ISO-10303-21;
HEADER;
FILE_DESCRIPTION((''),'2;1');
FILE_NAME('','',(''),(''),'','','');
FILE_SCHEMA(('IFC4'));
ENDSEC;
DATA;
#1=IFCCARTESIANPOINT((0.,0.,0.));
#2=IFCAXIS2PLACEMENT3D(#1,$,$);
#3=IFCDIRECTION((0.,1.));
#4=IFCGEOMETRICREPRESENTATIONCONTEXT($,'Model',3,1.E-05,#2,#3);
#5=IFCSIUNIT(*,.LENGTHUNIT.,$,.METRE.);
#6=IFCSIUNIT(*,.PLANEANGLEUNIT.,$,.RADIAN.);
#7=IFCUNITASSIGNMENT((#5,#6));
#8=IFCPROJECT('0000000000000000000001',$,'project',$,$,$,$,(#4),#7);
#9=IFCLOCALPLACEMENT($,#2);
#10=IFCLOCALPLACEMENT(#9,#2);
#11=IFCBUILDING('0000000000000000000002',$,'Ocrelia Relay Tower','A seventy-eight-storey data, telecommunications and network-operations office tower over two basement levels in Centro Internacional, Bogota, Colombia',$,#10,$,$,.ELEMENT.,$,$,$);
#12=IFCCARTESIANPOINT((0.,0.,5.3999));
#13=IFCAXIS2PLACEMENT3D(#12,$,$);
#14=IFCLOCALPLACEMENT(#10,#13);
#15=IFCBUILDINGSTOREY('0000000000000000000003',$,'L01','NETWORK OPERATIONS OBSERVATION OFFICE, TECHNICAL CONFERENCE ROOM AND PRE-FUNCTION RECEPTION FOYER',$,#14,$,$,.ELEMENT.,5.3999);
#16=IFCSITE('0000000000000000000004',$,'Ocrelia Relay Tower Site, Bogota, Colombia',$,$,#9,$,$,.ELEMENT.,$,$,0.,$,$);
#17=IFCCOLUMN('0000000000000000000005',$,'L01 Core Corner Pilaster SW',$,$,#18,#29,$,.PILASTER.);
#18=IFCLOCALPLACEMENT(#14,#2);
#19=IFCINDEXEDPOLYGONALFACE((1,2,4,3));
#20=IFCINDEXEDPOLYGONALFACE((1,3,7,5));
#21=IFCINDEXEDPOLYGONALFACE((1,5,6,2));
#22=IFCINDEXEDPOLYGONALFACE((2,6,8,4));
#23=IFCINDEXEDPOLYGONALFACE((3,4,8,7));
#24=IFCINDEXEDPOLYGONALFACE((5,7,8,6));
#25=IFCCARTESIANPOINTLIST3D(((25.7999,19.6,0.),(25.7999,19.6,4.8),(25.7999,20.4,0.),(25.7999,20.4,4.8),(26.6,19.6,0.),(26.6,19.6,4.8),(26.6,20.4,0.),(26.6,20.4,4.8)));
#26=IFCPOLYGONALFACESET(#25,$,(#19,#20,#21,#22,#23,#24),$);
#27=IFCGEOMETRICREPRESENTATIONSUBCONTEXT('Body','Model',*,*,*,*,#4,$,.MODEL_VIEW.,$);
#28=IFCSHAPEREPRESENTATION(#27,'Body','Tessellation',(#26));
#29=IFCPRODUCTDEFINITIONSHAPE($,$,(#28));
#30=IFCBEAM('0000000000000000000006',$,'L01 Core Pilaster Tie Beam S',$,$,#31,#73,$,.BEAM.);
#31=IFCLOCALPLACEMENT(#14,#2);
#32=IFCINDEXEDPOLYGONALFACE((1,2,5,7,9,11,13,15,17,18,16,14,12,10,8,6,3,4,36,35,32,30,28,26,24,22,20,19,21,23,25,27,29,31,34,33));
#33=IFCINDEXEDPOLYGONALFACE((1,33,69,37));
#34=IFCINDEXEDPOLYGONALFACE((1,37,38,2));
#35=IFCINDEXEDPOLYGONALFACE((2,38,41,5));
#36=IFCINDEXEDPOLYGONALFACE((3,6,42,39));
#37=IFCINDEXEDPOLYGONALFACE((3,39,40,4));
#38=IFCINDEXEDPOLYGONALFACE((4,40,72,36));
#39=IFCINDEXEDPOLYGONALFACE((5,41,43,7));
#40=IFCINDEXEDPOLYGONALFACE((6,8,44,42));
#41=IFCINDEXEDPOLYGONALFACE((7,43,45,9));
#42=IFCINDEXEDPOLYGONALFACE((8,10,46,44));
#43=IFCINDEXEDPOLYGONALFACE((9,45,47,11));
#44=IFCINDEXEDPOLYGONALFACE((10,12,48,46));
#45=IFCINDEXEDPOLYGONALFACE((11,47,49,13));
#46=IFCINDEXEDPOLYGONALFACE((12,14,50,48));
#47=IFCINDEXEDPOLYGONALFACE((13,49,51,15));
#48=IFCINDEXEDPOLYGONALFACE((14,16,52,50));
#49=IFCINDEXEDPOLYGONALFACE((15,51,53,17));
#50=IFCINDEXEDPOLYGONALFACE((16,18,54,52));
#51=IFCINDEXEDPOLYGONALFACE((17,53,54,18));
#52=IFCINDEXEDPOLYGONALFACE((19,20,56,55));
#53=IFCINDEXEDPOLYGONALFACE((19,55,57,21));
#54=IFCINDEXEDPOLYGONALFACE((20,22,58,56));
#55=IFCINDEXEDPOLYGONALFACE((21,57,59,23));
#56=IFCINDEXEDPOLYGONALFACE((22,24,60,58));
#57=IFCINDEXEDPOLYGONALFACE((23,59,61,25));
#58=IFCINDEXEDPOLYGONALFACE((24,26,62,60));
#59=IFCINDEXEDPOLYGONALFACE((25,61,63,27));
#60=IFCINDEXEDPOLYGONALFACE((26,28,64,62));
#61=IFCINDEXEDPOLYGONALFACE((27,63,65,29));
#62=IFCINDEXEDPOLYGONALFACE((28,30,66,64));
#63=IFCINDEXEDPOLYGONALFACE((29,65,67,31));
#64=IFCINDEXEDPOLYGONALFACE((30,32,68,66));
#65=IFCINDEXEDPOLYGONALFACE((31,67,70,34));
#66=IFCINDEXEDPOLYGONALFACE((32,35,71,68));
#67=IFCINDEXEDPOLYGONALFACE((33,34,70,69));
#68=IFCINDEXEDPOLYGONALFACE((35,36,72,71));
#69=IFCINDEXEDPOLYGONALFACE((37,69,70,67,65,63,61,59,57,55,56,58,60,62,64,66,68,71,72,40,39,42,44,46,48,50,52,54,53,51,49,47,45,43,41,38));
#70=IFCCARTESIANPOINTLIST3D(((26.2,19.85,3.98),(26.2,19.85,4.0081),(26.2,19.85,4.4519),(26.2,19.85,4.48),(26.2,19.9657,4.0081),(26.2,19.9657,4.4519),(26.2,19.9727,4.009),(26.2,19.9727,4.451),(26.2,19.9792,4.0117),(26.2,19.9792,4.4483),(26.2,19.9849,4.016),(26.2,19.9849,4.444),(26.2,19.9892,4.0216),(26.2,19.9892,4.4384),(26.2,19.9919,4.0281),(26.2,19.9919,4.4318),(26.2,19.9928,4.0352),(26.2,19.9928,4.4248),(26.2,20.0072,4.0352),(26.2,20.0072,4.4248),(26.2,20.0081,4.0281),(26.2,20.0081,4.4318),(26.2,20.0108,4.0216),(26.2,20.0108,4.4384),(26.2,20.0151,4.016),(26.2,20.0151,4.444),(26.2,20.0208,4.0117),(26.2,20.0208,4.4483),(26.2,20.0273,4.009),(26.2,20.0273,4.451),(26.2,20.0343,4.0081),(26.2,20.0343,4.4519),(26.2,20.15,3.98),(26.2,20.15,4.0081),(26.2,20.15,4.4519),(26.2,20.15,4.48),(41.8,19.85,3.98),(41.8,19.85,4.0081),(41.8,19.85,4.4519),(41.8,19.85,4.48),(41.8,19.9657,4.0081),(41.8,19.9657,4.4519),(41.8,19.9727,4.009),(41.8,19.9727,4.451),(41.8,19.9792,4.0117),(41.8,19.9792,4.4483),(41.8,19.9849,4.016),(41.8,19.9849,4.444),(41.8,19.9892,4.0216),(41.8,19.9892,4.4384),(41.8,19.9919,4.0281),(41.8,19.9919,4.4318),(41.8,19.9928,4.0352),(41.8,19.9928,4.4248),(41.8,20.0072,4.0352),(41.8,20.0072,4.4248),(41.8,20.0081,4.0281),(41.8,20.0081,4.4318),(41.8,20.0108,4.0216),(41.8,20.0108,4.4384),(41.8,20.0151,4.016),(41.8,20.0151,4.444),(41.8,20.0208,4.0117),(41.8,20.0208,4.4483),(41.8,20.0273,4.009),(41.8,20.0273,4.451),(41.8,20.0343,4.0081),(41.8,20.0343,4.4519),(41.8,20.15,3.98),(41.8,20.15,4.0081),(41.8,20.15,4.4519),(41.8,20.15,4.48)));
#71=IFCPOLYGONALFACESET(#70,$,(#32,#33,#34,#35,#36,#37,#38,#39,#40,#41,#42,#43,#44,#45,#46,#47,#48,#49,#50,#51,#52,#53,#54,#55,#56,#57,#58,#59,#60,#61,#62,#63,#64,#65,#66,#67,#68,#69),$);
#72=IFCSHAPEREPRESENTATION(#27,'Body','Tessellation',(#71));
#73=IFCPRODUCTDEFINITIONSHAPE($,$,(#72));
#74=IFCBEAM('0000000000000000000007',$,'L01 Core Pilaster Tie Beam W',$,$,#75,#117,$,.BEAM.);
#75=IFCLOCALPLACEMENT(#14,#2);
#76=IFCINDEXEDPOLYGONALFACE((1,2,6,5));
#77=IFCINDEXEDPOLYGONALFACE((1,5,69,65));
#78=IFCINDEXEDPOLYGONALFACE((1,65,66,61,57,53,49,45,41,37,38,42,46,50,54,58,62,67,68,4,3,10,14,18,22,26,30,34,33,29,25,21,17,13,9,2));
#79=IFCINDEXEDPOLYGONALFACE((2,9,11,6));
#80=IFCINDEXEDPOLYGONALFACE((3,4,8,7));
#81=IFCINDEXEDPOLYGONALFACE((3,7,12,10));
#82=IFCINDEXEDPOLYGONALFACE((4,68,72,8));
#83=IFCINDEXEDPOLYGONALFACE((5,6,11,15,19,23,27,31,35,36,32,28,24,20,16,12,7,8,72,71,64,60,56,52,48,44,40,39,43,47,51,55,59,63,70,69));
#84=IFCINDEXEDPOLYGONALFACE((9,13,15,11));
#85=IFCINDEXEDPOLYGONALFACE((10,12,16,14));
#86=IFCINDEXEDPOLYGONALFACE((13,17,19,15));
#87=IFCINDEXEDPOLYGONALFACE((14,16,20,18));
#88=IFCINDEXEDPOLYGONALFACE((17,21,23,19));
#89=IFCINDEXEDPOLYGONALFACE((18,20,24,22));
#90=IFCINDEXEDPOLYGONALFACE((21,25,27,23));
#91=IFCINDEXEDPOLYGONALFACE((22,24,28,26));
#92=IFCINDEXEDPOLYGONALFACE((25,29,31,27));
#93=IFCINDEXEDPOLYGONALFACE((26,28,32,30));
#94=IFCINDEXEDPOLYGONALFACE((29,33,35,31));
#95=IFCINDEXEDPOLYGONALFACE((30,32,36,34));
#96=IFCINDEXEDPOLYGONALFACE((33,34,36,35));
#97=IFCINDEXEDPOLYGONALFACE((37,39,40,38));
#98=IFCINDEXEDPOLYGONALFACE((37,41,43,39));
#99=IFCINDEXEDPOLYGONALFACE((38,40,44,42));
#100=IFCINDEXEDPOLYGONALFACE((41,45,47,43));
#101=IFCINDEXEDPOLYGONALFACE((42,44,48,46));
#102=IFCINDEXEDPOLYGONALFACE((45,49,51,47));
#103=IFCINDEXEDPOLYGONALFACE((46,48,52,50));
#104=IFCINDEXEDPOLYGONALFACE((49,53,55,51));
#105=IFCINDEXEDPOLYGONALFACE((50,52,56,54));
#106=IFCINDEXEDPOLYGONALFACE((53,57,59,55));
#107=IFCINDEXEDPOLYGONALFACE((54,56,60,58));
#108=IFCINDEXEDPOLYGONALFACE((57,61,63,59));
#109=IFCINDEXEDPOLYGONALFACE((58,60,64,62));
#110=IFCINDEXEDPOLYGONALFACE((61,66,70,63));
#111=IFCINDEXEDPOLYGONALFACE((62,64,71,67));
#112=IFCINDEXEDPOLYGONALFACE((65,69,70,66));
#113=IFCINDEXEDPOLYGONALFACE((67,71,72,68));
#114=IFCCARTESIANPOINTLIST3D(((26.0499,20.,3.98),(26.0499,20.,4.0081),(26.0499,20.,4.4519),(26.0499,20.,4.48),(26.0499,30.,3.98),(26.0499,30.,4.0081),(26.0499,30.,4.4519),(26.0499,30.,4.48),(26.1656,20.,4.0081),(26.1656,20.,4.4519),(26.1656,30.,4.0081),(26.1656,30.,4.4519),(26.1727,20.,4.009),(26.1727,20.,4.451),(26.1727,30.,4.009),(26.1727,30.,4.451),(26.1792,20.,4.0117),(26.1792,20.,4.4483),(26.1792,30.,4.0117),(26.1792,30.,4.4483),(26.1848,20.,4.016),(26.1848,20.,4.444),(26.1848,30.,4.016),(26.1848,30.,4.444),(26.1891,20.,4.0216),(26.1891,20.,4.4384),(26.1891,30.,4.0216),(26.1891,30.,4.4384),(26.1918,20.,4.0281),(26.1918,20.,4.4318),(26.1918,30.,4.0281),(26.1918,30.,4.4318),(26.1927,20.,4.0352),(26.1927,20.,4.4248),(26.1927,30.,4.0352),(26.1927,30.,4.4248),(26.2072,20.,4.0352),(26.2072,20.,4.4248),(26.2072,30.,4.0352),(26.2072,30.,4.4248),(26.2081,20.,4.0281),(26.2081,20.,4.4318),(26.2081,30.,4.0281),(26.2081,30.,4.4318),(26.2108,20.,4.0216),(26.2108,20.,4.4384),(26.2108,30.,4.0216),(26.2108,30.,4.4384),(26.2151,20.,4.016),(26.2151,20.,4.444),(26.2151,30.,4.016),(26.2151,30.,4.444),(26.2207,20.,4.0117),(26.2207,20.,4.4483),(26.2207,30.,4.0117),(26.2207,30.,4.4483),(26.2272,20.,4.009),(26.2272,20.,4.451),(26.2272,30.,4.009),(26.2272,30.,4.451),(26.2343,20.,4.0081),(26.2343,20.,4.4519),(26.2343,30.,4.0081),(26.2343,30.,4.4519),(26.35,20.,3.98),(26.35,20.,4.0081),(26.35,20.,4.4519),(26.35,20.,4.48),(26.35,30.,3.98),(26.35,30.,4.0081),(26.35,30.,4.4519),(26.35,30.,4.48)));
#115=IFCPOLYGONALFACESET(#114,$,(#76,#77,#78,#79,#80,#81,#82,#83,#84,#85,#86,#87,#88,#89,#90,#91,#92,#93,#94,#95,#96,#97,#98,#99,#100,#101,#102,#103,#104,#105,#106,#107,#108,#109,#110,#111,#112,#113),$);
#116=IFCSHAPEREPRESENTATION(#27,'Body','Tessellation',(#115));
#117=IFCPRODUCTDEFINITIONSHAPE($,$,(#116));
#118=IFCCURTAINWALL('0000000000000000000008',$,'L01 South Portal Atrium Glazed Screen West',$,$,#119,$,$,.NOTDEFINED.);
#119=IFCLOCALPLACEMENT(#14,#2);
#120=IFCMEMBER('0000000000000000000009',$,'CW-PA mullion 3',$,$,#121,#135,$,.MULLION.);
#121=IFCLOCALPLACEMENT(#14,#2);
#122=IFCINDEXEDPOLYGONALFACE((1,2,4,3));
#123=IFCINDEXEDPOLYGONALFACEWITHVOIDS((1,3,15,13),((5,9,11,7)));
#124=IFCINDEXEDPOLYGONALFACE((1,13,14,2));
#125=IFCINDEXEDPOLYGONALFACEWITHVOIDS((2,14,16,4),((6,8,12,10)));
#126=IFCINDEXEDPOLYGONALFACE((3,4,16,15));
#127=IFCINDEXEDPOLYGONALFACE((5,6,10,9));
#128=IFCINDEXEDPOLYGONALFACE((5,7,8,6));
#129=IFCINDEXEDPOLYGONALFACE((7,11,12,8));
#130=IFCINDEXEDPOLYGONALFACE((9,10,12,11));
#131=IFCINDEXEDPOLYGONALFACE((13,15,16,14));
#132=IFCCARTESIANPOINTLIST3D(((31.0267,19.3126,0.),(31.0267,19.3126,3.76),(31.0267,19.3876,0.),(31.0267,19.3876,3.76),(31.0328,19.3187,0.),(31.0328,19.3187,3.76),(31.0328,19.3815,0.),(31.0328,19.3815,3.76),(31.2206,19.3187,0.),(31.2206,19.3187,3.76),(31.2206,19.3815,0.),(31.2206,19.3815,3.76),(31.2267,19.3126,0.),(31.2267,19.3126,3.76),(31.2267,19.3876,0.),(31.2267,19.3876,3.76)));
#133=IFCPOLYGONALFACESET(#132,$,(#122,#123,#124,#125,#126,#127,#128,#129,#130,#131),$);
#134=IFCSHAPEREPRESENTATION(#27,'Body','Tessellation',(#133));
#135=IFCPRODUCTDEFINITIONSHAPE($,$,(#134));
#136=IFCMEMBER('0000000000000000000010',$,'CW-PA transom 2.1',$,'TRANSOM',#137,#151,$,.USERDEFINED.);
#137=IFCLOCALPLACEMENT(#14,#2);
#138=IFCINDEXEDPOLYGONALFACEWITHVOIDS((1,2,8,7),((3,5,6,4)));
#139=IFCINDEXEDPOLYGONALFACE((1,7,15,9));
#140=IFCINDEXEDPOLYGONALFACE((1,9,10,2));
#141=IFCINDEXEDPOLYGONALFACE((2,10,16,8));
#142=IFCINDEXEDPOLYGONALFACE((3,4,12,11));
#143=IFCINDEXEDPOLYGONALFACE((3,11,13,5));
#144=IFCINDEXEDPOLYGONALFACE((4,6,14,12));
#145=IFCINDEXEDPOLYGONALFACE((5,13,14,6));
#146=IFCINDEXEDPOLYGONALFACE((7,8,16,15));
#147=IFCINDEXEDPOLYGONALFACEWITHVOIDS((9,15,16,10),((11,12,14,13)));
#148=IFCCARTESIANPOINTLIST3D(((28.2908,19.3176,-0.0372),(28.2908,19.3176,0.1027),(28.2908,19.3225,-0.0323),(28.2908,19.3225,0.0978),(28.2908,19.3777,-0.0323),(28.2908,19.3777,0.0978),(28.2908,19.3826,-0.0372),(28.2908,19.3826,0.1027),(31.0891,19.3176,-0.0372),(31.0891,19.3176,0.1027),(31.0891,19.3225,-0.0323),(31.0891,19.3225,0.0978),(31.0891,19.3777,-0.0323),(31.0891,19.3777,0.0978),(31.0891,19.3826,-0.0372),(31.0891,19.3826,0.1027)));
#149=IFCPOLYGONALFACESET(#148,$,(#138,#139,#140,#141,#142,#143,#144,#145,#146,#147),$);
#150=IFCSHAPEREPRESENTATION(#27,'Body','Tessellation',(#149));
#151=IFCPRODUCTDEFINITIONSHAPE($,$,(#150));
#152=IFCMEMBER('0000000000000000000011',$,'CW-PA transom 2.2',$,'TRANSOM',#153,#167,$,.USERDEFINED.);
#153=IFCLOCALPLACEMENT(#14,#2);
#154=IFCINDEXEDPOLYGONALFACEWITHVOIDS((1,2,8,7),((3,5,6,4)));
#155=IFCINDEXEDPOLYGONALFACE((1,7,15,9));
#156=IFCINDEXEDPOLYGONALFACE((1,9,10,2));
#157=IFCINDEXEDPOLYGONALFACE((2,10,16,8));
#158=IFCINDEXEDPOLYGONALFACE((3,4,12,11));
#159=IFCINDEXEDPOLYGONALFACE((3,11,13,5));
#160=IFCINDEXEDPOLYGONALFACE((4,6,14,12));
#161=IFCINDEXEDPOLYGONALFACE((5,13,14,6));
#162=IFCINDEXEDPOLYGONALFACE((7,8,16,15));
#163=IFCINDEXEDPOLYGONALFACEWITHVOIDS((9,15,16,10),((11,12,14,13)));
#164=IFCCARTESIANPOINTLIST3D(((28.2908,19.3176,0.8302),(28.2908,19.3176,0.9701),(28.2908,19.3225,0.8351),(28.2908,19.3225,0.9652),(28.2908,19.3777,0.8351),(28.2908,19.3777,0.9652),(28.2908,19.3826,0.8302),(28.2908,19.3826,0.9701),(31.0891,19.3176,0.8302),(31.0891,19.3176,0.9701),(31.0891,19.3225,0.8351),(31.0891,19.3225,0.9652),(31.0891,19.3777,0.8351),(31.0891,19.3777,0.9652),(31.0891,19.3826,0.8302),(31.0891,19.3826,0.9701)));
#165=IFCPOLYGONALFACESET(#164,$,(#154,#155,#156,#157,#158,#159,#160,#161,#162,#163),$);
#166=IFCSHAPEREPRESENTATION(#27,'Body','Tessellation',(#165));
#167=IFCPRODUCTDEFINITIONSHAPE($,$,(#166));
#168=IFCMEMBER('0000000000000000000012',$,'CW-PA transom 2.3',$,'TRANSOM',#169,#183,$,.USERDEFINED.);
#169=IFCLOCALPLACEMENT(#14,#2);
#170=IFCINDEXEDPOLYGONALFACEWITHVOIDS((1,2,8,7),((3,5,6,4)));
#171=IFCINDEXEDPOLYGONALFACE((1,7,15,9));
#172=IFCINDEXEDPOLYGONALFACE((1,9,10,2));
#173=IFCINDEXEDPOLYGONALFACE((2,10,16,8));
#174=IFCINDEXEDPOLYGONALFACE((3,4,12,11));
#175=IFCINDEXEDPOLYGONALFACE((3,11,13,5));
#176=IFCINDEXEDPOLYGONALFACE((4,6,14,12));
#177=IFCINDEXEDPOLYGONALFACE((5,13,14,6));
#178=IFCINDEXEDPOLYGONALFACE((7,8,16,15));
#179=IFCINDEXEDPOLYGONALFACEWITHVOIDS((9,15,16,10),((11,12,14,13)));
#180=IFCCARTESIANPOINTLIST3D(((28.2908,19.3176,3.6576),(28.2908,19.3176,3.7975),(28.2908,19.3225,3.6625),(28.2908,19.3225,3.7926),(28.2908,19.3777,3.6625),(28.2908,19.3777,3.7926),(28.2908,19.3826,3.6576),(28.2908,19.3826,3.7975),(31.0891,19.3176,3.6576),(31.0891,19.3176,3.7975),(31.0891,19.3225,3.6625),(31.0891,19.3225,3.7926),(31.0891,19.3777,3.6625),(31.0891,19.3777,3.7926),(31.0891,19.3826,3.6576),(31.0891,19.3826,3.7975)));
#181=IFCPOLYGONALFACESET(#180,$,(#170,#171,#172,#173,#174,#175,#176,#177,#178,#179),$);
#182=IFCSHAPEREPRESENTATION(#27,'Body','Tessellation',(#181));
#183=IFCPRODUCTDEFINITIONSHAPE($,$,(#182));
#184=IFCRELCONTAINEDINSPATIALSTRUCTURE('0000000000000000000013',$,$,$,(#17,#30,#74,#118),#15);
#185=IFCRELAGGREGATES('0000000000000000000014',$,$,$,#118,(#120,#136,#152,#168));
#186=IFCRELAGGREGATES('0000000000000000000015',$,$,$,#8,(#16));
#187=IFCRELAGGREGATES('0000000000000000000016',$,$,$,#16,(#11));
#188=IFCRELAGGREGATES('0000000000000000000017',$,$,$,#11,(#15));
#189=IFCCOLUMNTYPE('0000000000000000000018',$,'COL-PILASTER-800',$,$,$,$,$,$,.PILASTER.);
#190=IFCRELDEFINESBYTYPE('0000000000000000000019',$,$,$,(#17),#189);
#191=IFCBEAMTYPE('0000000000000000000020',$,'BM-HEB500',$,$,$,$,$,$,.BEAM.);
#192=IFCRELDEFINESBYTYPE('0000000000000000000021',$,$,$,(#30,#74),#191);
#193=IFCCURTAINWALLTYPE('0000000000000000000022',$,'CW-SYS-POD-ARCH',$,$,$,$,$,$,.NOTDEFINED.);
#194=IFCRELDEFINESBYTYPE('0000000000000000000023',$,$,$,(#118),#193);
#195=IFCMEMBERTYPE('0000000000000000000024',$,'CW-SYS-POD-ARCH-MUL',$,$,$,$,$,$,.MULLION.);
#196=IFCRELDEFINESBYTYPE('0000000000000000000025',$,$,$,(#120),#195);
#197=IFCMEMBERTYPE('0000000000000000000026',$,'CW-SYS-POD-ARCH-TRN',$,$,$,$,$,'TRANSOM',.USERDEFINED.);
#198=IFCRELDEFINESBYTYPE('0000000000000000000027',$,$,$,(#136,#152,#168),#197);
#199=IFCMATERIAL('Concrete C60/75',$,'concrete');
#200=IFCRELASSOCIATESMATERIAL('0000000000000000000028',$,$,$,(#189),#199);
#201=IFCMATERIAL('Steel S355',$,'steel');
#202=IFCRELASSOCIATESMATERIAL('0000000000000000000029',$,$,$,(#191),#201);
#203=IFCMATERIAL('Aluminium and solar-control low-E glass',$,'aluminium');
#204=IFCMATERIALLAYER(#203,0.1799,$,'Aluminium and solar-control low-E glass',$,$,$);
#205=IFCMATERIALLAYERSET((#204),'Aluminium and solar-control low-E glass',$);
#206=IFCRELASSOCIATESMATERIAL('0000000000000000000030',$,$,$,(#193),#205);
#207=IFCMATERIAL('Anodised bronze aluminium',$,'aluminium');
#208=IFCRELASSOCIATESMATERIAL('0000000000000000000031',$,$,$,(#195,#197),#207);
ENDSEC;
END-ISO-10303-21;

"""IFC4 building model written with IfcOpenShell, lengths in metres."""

from ifc_helpers import new_model, si_unit, direction, frame, origin, origin_2d, place, context, subcontext, project, spatial, rectangle, hollow_rectangle, i_section, extrude, material, layer, layer_set, material_profile, profile_set, type_object, element, aggregate, save


model = new_model("IFC4")

# Units and contexts
model_context = context("Model", 3, precision=1e-05, world=origin(), true_north=direction((0.0, 1.0)))
body_context = subcontext(model_context, "Body", "Model", "MODEL_VIEW")
ifc_project = project(units=[si_unit("LENGTHUNIT", "METRE"), si_unit("PLANEANGLEUNIT", "RADIAN")], contexts=[model_context])

# Site, building, storey
site_placement = place(None, origin())
site = spatial("IfcSite", under=ifc_project, at=site_placement, Name="Ocrelia Relay Tower Site, Bogota, Colombia", CompositionType="ELEMENT", RefElevation=0.0)
building_placement = place(site_placement, origin())
building = spatial("IfcBuilding", under=site, at=building_placement, Name="Ocrelia Relay Tower", Description="A seventy-eight-storey data, telecommunications and network-operations office tower over two basement levels in Centro Internacional, Bogota, Colombia", CompositionType="ELEMENT")
storey_placement = place(building_placement, frame((0.0, 0.0, 5.3999)))
storey = spatial("IfcBuildingStorey", under=building, at=storey_placement, Name="L01", Description="NETWORK OPERATIONS OBSERVATION OFFICE, TECHNICAL CONFERENCE ROOM AND PRE-FUNCTION RECEPTION FOYER", CompositionType="ELEMENT", Elevation=5.3999)

# Column
ifc_material_1 = material(Name="Concrete C60/75", Category="concrete")
ifc_material_profile_1 = material_profile(ifc_material_1, rectangle(XDim=0.8, YDim=0.8, at=origin_2d()), Name="RC-COL-800x800")
ifc_profile_set_1 = profile_set([ifc_material_profile_1], Name="Concrete C60/75")
column_type = type_object("IfcColumnType", Name="COL-PILASTER-800", PredefinedType="PILASTER", material=ifc_profile_set_1)
column_placement = place(storey_placement, frame((26.2, 20.0, 0.0), z_axis=(0.0, 0.0, 1.0), x_axis=(1.0, 0.0, 0.0)))
element("IfcColumn", 1, at=column_placement, inside=storey, type_object=column_type, Name="L01 Core Corner Pilaster SW", PredefinedType="PILASTER", context=body_context, shape_type="SweptSolid", body=[
    extrude(rectangle(XDim=0.8, YDim=0.8, at=origin_2d()), origin(), (0.0, 0.0, 1.0), 4.8),
])

# Beams
ifc_material_2 = material(Name="Steel S355", Category="steel")
ifc_material_profile_2 = material_profile(ifc_material_2, i_section(OverallWidth=0.3, OverallDepth=0.5, WebThickness=0.0144, FlangeThickness=0.0281, FilletRadius=0.0271, at=origin_2d()), Name="HEB 500")
ifc_profile_set_2 = profile_set([ifc_material_profile_2], Name="Steel S355")
beam_type = type_object("IfcBeamType", Name="BM-HEB500", PredefinedType="BEAM", material=ifc_profile_set_2)
beam_1_placement = place(storey_placement, frame((26.2, 20.0, 4.23), z_axis=(1.0, 0.0, 0.0), x_axis=(0.0, 1.0, 0.0)))
element("IfcBeam", 2, at=beam_1_placement, inside=storey, type_object=beam_type, Name="L01 Core Pilaster Tie Beam S", PredefinedType="BEAM", context=body_context, shape_type="SweptSolid", body=[
    extrude(i_section(OverallWidth=0.3, OverallDepth=0.5, WebThickness=0.0144, FlangeThickness=0.0281, FilletRadius=0.0271, at=origin_2d()), origin(), (0.0, 0.0, 1.0), 15.6001),
])
beam_2_placement = place(storey_placement, frame((26.2, 20.0, 4.23), z_axis=(0.0, 1.0, 0.0), x_axis=(-1.0, 0.0, 0.0)))
element("IfcBeam", 3, at=beam_2_placement, inside=storey, type_object=beam_type, Name="L01 Core Pilaster Tie Beam W", PredefinedType="BEAM", context=body_context, shape_type="SweptSolid", body=[
    extrude(i_section(OverallWidth=0.3, OverallDepth=0.5, WebThickness=0.0144, FlangeThickness=0.0281, FilletRadius=0.0271, at=origin_2d()), origin(), (0.0, 0.0, 1.0), 10.0),
])

# Curtain wall, members
ifc_material_3 = material(Name="Aluminium and solar-control low-E glass", Category="aluminium")
ifc_layer_1 = layer(ifc_material_3, 0.1799, Name="Aluminium and solar-control low-E glass")
ifc_layer_set_1 = layer_set([ifc_layer_1], Name="Aluminium and solar-control low-E glass")
curtain_wall_type = type_object("IfcCurtainWallType", Name="CW-SYS-POD-ARCH", PredefinedType="NOTDEFINED", material=ifc_layer_set_1)
curtain_wall_placement = place(storey_placement, origin())
curtain_wall = element("IfcCurtainWall", 4, at=curtain_wall_placement, inside=storey, type_object=curtain_wall_type, Name="L01 South Portal Atrium Glazed Screen West", PredefinedType="NOTDEFINED")
ifc_material_4 = material(Name="Anodised bronze aluminium", Category="aluminium")
ifc_material_profile_3 = material_profile(ifc_material_4, hollow_rectangle(XDim=0.075, YDim=0.2, WallThickness=0.0061, at=origin_2d()), Name="CW-MUL-200x75")
ifc_profile_set_3 = profile_set([ifc_material_profile_3], Name="Anodised bronze aluminium")
member_type_1 = type_object("IfcMemberType", Name="CW-SYS-POD-ARCH-MUL", PredefinedType="MULLION", material=ifc_profile_set_3)
member_1_placement = place(storey_placement, frame((31.1267, 19.3501, 0.0), z_axis=(0.0, 0.0, 1.0), x_axis=(0.0, 1.0, 0.0)))
member_1 = element("IfcMember", 5, at=member_1_placement, type_object=member_type_1, Name="CW-PA mullion 3", PredefinedType="MULLION", context=body_context, shape_type="SweptSolid", body=[
    extrude(hollow_rectangle(XDim=0.075, YDim=0.2, WallThickness=0.0061, at=origin_2d()), origin(), (0.0, 0.0, 1.0), 3.76),
])
ifc_material_profile_4 = material_profile(ifc_material_4, hollow_rectangle(XDim=0.0649, YDim=0.1399, WallThickness=0.0049, at=origin_2d()), Name="CW-TRN-140x65")
ifc_profile_set_4 = profile_set([ifc_material_profile_4], Name="Anodised bronze aluminium")
member_type_2 = type_object("IfcMemberType", Name="CW-SYS-POD-ARCH-TRN", ElementType="TRANSOM", PredefinedType="USERDEFINED", material=ifc_profile_set_4)
member_2_placement = place(storey_placement, frame((28.2908, 19.3501, 0.0327), z_axis=(1.0, 0.0, 0.0), x_axis=(0.0, 1.0, 0.0)))
member_2 = element("IfcMember", 6, at=member_2_placement, type_object=member_type_2, Name="CW-PA transom 2.1", ObjectType="TRANSOM", PredefinedType="USERDEFINED", context=body_context, shape_type="SweptSolid", body=[
    extrude(hollow_rectangle(XDim=0.0649, YDim=0.1399, WallThickness=0.0049, at=origin_2d()), origin(), (0.0, 0.0, 1.0), 2.7983),
])
member_3_placement = place(storey_placement, frame((28.2908, 19.3501, 0.9001), z_axis=(1.0, 0.0, 0.0), x_axis=(0.0, 1.0, 0.0)))
member_3 = element("IfcMember", 7, at=member_3_placement, type_object=member_type_2, Name="CW-PA transom 2.2", ObjectType="TRANSOM", PredefinedType="USERDEFINED", context=body_context, shape_type="SweptSolid", body=[
    extrude(hollow_rectangle(XDim=0.0649, YDim=0.1399, WallThickness=0.0049, at=origin_2d()), origin(), (0.0, 0.0, 1.0), 2.7983),
])
member_4_placement = place(storey_placement, frame((28.2908, 19.3501, 3.7275), z_axis=(1.0, 0.0, 0.0), x_axis=(0.0, 1.0, 0.0)))
member_4 = element("IfcMember", 8, at=member_4_placement, type_object=member_type_2, Name="CW-PA transom 2.3", ObjectType="TRANSOM", PredefinedType="USERDEFINED", context=body_context, shape_type="SweptSolid", body=[
    extrude(hollow_rectangle(XDim=0.0649, YDim=0.1399, WallThickness=0.0049, at=origin_2d()), origin(), (0.0, 0.0, 1.0), 2.7983),
])
aggregate(curtain_wall, [member_1, member_2, member_3, member_4])

save(model, "model.ifc")
